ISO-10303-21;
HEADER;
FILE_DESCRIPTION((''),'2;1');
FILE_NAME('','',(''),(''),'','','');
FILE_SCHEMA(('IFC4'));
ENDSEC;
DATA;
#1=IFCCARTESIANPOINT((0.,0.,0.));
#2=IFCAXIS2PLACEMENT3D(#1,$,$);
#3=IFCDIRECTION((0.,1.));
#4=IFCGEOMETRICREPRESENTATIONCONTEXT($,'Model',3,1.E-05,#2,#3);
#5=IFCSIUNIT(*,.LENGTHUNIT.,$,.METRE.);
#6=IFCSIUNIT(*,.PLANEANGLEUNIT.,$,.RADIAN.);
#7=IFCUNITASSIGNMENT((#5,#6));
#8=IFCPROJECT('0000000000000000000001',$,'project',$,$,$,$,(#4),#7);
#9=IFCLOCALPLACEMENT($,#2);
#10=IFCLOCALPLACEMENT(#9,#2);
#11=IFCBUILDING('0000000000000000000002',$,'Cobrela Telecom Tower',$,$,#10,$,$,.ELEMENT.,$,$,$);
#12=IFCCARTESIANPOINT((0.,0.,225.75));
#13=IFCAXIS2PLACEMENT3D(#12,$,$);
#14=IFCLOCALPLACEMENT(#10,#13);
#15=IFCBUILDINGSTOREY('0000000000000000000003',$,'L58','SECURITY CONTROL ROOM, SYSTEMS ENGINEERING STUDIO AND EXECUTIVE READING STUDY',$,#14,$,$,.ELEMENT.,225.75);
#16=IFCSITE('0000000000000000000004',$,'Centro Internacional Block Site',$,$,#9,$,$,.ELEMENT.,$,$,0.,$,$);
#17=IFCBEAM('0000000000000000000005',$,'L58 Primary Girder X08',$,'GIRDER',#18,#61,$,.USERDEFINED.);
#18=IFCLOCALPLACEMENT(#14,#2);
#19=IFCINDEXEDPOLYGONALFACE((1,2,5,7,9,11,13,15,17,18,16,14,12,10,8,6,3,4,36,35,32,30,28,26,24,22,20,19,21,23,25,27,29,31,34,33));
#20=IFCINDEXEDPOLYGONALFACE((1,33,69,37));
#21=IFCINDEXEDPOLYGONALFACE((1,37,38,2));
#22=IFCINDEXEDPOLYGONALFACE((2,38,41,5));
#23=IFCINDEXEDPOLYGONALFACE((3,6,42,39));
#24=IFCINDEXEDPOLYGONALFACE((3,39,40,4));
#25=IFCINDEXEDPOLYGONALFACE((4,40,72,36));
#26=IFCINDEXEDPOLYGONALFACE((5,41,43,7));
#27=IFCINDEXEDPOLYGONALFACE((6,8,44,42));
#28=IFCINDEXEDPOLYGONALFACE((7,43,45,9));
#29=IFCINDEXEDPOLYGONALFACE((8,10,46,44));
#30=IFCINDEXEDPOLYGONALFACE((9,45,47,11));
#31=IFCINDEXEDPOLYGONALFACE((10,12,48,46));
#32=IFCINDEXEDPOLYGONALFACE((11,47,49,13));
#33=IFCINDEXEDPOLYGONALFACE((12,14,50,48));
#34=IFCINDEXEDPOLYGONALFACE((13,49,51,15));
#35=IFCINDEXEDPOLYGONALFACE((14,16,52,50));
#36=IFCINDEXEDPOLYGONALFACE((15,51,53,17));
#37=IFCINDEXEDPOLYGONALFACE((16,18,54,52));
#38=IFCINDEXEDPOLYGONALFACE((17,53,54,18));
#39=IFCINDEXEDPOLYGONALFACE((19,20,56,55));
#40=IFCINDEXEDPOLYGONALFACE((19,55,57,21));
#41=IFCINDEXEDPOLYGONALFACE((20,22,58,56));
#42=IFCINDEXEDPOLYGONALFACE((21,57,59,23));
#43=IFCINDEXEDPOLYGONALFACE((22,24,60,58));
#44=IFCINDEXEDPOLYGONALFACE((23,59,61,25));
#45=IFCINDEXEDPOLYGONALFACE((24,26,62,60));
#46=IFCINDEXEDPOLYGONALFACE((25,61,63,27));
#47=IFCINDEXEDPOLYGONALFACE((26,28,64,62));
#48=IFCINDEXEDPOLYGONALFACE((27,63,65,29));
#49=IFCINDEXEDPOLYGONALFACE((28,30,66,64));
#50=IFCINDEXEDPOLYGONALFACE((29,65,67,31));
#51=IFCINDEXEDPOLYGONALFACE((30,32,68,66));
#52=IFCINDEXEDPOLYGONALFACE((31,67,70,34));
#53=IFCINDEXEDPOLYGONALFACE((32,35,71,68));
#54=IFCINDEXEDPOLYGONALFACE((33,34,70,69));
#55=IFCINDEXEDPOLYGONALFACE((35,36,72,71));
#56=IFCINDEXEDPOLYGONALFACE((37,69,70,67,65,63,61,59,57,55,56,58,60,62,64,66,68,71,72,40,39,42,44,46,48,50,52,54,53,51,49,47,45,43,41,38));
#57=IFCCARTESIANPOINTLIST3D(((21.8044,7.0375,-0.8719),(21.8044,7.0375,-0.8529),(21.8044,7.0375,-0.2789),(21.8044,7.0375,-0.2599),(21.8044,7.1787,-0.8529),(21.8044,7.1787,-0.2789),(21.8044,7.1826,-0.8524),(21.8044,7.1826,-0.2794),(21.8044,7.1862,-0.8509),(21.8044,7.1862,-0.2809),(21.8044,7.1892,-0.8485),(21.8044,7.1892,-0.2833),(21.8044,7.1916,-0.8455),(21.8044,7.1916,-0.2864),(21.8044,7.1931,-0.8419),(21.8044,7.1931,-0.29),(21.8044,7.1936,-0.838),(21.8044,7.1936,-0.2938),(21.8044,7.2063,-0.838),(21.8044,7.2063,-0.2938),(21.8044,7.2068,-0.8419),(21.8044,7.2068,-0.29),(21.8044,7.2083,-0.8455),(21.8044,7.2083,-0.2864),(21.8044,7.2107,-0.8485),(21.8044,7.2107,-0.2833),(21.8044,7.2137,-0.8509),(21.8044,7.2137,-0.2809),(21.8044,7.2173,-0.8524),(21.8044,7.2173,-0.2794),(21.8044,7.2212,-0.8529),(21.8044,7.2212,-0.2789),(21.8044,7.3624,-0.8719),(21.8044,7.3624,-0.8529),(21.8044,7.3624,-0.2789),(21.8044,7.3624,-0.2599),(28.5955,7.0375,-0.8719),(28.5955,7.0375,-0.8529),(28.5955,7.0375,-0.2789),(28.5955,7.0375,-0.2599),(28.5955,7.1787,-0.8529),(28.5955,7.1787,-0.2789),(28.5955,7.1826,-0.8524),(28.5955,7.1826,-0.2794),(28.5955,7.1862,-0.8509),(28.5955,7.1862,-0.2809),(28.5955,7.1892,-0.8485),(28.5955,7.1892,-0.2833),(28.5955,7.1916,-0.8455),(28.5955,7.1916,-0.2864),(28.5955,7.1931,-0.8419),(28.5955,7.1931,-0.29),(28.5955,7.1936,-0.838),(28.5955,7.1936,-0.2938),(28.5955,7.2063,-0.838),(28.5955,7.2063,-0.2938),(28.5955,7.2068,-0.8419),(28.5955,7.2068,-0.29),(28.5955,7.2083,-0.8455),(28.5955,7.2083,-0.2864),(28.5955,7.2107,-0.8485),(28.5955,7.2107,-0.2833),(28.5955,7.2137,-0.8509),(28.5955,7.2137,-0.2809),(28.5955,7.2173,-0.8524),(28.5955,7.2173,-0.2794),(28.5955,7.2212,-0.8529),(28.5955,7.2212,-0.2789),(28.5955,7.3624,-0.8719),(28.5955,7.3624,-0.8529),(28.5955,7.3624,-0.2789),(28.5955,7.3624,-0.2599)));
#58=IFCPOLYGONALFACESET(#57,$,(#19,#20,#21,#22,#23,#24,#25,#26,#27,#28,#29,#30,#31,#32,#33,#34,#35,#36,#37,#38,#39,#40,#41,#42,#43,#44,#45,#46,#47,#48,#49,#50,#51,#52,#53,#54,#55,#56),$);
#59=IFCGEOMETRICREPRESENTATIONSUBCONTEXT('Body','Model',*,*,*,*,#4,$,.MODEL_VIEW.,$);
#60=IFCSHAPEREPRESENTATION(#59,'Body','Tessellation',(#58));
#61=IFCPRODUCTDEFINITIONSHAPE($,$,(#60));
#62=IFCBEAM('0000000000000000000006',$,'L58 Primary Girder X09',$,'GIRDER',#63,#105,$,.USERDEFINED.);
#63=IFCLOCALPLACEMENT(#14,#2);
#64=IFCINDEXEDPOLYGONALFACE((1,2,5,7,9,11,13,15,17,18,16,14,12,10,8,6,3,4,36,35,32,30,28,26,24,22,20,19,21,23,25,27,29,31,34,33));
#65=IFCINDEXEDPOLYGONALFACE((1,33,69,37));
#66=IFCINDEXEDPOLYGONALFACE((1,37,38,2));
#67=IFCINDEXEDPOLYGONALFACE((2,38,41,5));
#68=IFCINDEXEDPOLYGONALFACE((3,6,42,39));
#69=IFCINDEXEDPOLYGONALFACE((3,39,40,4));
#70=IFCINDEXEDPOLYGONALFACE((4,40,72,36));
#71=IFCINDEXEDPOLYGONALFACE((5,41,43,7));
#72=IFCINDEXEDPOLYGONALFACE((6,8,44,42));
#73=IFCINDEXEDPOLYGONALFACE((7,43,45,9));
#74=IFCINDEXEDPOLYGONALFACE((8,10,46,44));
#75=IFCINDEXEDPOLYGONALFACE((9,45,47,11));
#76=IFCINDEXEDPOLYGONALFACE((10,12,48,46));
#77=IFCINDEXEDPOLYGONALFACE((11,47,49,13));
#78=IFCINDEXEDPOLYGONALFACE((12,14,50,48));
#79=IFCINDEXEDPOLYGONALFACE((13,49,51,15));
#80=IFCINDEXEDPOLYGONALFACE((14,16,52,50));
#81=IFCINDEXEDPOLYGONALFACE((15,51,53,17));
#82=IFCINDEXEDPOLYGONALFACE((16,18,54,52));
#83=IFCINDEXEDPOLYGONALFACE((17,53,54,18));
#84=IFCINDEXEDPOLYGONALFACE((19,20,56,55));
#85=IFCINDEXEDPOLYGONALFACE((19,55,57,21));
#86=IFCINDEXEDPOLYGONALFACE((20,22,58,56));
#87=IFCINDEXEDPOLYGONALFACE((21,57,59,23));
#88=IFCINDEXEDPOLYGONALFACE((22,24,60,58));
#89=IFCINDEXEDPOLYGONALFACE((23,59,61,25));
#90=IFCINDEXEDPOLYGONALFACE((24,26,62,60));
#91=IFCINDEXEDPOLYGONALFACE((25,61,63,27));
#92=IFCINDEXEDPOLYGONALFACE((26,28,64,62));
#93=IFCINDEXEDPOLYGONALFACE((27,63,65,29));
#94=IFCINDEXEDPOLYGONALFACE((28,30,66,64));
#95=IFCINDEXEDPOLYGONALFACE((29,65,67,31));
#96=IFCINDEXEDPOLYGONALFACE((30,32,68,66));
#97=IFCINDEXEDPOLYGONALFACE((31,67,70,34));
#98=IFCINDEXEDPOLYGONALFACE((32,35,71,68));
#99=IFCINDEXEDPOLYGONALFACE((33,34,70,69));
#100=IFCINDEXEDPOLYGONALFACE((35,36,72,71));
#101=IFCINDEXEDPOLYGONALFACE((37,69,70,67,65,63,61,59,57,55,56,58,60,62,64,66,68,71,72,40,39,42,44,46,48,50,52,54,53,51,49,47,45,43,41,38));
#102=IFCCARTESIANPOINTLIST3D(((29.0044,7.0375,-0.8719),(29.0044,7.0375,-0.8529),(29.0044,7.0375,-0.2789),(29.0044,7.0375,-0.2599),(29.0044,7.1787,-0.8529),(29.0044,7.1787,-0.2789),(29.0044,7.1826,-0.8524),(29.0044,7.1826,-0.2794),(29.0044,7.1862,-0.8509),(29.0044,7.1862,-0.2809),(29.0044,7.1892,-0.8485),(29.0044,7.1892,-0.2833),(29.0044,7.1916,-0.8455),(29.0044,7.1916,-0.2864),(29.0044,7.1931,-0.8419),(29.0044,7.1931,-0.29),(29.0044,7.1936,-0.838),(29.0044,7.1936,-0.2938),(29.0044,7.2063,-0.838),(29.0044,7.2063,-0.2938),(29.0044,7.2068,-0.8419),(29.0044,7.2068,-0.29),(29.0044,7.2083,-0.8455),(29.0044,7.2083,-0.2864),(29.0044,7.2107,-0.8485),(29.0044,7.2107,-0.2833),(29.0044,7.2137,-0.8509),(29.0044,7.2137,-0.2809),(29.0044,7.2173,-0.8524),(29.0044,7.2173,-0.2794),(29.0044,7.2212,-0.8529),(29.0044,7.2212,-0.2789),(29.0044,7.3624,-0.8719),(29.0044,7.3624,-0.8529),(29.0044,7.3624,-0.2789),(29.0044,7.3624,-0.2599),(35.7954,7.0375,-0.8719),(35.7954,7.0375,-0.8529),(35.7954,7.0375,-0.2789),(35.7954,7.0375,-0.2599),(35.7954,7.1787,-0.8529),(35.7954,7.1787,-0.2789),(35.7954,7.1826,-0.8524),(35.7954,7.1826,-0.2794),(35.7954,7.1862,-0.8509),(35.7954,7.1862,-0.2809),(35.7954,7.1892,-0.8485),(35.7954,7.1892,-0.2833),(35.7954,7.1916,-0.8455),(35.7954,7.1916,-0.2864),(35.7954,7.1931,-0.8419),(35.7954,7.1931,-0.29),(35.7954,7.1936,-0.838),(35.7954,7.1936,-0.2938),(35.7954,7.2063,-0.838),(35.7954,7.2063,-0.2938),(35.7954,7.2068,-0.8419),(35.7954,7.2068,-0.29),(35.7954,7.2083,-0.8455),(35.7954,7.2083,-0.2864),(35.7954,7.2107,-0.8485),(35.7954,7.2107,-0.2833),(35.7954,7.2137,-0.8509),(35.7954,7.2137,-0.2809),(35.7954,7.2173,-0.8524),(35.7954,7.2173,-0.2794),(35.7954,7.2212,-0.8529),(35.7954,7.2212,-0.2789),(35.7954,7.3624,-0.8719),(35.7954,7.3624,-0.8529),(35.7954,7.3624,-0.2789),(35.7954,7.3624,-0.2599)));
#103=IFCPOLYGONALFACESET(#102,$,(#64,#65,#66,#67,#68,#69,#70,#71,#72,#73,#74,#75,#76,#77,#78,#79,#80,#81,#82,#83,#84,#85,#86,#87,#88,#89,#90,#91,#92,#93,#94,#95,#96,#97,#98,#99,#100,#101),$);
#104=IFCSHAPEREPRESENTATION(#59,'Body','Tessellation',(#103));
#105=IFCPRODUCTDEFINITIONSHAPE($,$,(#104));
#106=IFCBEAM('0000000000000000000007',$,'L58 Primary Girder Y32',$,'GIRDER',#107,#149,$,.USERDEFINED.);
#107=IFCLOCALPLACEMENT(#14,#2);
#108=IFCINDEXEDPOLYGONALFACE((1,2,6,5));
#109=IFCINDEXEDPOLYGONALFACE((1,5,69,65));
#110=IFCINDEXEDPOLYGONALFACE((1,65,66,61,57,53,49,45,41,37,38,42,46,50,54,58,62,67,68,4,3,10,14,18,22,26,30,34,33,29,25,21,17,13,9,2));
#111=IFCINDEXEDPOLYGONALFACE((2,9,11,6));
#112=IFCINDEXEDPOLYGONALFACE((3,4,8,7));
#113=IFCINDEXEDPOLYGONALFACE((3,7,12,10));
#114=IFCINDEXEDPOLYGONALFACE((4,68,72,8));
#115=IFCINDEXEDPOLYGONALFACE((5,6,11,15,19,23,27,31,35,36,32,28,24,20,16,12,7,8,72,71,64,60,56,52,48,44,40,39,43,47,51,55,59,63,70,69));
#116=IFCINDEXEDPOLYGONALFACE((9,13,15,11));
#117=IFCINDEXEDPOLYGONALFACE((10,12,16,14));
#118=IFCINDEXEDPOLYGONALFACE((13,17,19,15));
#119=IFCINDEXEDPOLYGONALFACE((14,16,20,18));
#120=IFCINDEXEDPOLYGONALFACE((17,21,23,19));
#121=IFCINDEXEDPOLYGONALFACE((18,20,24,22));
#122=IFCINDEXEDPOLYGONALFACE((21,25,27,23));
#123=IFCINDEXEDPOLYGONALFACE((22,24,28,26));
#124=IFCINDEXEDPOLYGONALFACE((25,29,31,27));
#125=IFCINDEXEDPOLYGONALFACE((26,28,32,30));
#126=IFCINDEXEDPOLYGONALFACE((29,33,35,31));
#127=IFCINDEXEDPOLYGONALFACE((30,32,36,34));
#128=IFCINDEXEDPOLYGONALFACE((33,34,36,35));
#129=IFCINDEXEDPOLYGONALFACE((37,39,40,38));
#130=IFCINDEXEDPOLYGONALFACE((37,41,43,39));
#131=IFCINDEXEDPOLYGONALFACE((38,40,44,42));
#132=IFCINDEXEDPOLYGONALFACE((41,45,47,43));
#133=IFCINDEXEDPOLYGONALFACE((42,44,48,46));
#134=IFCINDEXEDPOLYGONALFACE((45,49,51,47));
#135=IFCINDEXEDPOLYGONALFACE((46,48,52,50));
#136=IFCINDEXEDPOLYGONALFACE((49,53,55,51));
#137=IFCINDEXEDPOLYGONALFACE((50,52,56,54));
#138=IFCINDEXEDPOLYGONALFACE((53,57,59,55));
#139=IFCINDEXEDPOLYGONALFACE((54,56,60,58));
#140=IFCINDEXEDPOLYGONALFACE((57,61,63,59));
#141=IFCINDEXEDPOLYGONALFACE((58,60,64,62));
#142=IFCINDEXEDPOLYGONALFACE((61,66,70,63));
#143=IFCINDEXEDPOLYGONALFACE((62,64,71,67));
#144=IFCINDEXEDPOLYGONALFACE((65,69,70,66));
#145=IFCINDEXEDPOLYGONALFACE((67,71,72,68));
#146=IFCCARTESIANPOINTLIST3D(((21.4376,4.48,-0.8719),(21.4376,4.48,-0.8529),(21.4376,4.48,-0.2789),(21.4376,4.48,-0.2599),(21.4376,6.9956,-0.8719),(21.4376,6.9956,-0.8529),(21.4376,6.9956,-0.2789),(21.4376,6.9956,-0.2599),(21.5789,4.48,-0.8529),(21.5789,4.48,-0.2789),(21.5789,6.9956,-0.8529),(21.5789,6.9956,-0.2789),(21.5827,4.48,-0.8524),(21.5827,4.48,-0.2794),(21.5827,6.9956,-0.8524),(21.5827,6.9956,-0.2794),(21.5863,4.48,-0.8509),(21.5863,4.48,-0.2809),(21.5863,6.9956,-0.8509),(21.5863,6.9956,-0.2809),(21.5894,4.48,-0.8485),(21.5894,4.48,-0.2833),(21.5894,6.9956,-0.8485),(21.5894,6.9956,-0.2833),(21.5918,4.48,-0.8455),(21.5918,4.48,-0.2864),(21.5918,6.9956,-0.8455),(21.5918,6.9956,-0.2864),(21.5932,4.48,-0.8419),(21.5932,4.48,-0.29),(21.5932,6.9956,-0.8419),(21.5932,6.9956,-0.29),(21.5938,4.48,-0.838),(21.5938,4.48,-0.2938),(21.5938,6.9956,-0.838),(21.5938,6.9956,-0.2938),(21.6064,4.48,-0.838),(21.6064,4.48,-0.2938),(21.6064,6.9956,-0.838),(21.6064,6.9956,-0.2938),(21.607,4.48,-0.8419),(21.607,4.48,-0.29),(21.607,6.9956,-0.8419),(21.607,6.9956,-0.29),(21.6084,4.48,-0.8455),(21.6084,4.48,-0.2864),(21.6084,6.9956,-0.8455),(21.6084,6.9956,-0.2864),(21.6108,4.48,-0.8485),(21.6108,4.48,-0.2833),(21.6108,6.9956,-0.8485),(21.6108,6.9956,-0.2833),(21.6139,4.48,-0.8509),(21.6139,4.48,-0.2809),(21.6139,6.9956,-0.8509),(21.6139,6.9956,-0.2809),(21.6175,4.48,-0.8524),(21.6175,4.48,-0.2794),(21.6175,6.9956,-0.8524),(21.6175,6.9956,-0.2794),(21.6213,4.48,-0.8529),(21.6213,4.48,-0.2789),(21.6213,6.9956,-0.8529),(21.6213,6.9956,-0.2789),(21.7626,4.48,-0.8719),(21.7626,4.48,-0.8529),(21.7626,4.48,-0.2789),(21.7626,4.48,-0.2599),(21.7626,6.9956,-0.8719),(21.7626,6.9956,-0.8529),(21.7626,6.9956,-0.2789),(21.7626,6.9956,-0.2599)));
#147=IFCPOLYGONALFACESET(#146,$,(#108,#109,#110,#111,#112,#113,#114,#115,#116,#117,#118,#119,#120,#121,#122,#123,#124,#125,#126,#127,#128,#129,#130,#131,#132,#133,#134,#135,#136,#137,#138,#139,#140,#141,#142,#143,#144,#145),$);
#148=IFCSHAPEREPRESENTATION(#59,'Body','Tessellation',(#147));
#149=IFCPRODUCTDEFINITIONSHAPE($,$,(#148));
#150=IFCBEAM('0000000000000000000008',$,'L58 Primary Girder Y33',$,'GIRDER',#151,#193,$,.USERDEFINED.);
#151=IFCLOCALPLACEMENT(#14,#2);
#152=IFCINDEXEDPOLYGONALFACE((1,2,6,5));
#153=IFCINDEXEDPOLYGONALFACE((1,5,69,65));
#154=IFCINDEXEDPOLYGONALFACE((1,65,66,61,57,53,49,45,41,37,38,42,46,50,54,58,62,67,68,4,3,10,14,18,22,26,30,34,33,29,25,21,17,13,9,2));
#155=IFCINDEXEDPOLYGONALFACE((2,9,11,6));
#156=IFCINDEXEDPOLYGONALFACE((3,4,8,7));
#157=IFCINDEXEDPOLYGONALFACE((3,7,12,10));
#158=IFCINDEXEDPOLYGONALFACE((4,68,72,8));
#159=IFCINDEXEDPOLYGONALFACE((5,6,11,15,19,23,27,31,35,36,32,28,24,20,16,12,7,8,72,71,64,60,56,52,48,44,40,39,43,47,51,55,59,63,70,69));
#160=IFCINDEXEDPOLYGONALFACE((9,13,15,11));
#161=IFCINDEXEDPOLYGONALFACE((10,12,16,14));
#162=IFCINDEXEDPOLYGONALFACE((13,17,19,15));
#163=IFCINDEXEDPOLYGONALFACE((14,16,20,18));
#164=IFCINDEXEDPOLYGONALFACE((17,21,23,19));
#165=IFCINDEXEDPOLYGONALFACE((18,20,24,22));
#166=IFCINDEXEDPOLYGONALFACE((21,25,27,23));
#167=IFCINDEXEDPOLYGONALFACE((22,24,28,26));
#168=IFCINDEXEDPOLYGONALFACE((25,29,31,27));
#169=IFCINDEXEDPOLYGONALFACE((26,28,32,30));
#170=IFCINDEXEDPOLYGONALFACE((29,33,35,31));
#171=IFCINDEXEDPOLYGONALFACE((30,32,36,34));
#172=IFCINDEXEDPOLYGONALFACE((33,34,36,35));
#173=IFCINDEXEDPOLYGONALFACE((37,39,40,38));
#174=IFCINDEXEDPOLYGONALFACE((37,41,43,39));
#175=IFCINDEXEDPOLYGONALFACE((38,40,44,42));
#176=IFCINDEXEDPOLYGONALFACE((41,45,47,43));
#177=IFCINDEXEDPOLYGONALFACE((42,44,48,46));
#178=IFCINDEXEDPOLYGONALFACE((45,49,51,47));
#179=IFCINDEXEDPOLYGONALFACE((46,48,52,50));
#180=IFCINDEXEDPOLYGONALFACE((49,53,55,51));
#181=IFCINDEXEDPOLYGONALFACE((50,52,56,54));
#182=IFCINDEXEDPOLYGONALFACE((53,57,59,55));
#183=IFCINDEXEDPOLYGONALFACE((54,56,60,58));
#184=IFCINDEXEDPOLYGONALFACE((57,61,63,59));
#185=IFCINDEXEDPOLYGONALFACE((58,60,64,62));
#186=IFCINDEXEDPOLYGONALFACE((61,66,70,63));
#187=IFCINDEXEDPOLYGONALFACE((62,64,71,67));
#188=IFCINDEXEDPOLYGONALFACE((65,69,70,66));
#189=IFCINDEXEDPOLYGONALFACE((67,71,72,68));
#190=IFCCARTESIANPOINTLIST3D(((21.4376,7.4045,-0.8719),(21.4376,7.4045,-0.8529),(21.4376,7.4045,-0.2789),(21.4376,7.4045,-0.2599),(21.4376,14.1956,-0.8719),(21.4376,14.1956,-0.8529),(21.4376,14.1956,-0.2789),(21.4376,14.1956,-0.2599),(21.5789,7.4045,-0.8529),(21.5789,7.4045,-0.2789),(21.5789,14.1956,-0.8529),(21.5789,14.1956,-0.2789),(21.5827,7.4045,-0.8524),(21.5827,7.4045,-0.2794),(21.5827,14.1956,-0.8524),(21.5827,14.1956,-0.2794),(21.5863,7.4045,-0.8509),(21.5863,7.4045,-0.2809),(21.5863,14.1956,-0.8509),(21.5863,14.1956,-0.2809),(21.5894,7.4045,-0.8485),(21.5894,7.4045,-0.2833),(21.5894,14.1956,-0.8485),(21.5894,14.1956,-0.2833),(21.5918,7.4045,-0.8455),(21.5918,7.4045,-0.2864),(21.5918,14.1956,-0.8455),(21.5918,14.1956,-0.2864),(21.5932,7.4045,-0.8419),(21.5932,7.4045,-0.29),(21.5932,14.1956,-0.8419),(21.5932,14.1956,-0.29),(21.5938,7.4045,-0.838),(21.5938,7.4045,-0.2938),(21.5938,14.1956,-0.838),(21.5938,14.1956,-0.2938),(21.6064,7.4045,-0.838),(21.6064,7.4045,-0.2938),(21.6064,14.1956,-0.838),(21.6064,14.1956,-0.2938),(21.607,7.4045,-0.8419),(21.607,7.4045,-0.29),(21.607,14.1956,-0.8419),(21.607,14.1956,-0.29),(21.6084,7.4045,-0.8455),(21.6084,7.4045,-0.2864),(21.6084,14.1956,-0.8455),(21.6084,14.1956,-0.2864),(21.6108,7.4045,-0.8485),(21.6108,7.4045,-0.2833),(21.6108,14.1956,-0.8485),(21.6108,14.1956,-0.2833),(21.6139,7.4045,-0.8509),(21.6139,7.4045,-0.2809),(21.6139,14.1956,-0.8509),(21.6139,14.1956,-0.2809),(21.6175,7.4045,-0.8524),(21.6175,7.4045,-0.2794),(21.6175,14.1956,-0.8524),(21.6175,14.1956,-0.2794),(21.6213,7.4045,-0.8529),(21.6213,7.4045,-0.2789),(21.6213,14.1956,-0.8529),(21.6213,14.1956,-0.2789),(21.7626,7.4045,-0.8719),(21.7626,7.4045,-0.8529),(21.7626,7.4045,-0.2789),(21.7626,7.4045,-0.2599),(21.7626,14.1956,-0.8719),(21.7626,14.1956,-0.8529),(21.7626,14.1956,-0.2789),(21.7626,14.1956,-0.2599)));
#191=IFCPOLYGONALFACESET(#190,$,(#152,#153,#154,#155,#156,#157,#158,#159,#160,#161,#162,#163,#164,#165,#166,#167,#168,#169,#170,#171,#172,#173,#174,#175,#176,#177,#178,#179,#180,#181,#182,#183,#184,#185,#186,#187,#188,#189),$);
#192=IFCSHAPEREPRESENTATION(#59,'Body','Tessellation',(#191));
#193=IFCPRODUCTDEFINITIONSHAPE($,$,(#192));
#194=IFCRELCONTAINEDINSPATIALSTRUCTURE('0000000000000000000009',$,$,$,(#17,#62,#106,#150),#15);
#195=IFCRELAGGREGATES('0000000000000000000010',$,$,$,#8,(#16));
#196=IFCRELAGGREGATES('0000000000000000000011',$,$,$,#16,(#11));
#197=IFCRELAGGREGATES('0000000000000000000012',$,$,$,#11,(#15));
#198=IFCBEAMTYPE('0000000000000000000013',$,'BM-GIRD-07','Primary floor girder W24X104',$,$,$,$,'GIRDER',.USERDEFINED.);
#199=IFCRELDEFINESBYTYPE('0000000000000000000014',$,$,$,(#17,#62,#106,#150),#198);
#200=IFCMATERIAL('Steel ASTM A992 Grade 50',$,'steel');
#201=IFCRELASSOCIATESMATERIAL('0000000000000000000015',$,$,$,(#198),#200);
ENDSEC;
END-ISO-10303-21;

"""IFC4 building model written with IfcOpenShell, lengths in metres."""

from ifc_helpers import new_model, si_unit, direction, frame, origin, origin_2d, place, context, subcontext, project, spatial, i_section, extrude, material, material_profile, profile_set, type_object, element, save


model = new_model("IFC4")

# Units and contexts
model_context = context("Model", 3, precision=1e-05, world=origin(), true_north=direction((0.0, 1.0)))
body_context = subcontext(model_context, "Body", "Model", "MODEL_VIEW")
ifc_project = project(units=[si_unit("LENGTHUNIT", "METRE"), si_unit("PLANEANGLEUNIT", "RADIAN")], contexts=[model_context])

# Site, building, storey
site_placement = place(None, origin())
site = spatial("IfcSite", under=ifc_project, at=site_placement, Name="Centro Internacional Block Site", CompositionType="ELEMENT", RefElevation=0.0)
building_placement = place(site_placement, origin())
building = spatial("IfcBuilding", under=site, at=building_placement, Name="Cobrela Telecom Tower", CompositionType="ELEMENT")
storey_placement = place(building_placement, frame((0.0, 0.0, 225.75)))
storey = spatial("IfcBuildingStorey", under=building, at=storey_placement, Name="L58", Description="SECURITY CONTROL ROOM, SYSTEMS ENGINEERING STUDIO AND EXECUTIVE READING STUDY", CompositionType="ELEMENT", Elevation=225.75)

# Shared definitions
ifc_material_1 = material(Name="Steel ASTM A992 Grade 50", Category="steel")

# Beams
ifc_material_profile_1 = material_profile(ifc_material_1, i_section(OverallWidth=0.325, OverallDepth=0.6121, WebThickness=0.0127, FlangeThickness=0.019, FilletRadius=0.0149, at=origin_2d()), Name="W24X104")
ifc_profile_set_1 = profile_set([ifc_material_profile_1], Name="Steel ASTM A992 Grade 50")
beam_type_1 = type_object("IfcBeamType", Name="BM-GIRD-07", Description="Primary floor girder W24X104", ElementType="GIRDER", PredefinedType="USERDEFINED", material=ifc_profile_set_1)
for number, where, z_axis, x_axis, name in (
    (1, (21.8044, 7.2, -0.5659), (1.0, 0.0, 0.0), (0.0, 1.0, 0.0), "L58 Primary Girder X08"),
    (2, (29.0044, 7.2, -0.5659), (1.0, 0.0, 0.0), (0.0, 1.0, 0.0), "L58 Primary Girder X09"),
):
    element("IfcBeam", number, at=place(storey_placement, frame(where, z_axis=z_axis, x_axis=x_axis)), inside=storey, type_object=beam_type_1, Name=name, ObjectType="GIRDER", PredefinedType="USERDEFINED", context=body_context, shape_type="SweptSolid", body=[
        extrude(i_section(OverallWidth=0.325, OverallDepth=0.6121, WebThickness=0.0127, FlangeThickness=0.019, FilletRadius=0.0149, at=origin_2d()), origin(), (0.0, 0.0, 1.0), 6.791),
    ])
beam_1_placement = place(storey_placement, frame((21.6001, 4.48, -0.5659), z_axis=(0.0, 1.0, 0.0), x_axis=(-1.0, 0.0, 0.0)))
element("IfcBeam", 3, at=beam_1_placement, inside=storey, type_object=beam_type_1, Name="L58 Primary Girder Y32", ObjectType="GIRDER", PredefinedType="USERDEFINED", context=body_context, shape_type="SweptSolid", body=[
    extrude(i_section(OverallWidth=0.325, OverallDepth=0.6121, WebThickness=0.0127, FlangeThickness=0.019, FilletRadius=0.0149, at=origin_2d()), origin(), (0.0, 0.0, 1.0), 2.5156),
])
beam_2_placement = place(storey_placement, frame((21.6001, 7.4045, -0.5659), z_axis=(0.0, 1.0, 0.0), x_axis=(-1.0, 0.0, 0.0)))
element("IfcBeam", 4, at=beam_2_placement, inside=storey, type_object=beam_type_1, Name="L58 Primary Girder Y33", ObjectType="GIRDER", PredefinedType="USERDEFINED", context=body_context, shape_type="SweptSolid", body=[
    extrude(i_section(OverallWidth=0.325, OverallDepth=0.6121, WebThickness=0.0127, FlangeThickness=0.019, FilletRadius=0.0149, at=origin_2d()), origin(), (0.0, 0.0, 1.0), 6.791),
])

save(model, "model.ifc")
